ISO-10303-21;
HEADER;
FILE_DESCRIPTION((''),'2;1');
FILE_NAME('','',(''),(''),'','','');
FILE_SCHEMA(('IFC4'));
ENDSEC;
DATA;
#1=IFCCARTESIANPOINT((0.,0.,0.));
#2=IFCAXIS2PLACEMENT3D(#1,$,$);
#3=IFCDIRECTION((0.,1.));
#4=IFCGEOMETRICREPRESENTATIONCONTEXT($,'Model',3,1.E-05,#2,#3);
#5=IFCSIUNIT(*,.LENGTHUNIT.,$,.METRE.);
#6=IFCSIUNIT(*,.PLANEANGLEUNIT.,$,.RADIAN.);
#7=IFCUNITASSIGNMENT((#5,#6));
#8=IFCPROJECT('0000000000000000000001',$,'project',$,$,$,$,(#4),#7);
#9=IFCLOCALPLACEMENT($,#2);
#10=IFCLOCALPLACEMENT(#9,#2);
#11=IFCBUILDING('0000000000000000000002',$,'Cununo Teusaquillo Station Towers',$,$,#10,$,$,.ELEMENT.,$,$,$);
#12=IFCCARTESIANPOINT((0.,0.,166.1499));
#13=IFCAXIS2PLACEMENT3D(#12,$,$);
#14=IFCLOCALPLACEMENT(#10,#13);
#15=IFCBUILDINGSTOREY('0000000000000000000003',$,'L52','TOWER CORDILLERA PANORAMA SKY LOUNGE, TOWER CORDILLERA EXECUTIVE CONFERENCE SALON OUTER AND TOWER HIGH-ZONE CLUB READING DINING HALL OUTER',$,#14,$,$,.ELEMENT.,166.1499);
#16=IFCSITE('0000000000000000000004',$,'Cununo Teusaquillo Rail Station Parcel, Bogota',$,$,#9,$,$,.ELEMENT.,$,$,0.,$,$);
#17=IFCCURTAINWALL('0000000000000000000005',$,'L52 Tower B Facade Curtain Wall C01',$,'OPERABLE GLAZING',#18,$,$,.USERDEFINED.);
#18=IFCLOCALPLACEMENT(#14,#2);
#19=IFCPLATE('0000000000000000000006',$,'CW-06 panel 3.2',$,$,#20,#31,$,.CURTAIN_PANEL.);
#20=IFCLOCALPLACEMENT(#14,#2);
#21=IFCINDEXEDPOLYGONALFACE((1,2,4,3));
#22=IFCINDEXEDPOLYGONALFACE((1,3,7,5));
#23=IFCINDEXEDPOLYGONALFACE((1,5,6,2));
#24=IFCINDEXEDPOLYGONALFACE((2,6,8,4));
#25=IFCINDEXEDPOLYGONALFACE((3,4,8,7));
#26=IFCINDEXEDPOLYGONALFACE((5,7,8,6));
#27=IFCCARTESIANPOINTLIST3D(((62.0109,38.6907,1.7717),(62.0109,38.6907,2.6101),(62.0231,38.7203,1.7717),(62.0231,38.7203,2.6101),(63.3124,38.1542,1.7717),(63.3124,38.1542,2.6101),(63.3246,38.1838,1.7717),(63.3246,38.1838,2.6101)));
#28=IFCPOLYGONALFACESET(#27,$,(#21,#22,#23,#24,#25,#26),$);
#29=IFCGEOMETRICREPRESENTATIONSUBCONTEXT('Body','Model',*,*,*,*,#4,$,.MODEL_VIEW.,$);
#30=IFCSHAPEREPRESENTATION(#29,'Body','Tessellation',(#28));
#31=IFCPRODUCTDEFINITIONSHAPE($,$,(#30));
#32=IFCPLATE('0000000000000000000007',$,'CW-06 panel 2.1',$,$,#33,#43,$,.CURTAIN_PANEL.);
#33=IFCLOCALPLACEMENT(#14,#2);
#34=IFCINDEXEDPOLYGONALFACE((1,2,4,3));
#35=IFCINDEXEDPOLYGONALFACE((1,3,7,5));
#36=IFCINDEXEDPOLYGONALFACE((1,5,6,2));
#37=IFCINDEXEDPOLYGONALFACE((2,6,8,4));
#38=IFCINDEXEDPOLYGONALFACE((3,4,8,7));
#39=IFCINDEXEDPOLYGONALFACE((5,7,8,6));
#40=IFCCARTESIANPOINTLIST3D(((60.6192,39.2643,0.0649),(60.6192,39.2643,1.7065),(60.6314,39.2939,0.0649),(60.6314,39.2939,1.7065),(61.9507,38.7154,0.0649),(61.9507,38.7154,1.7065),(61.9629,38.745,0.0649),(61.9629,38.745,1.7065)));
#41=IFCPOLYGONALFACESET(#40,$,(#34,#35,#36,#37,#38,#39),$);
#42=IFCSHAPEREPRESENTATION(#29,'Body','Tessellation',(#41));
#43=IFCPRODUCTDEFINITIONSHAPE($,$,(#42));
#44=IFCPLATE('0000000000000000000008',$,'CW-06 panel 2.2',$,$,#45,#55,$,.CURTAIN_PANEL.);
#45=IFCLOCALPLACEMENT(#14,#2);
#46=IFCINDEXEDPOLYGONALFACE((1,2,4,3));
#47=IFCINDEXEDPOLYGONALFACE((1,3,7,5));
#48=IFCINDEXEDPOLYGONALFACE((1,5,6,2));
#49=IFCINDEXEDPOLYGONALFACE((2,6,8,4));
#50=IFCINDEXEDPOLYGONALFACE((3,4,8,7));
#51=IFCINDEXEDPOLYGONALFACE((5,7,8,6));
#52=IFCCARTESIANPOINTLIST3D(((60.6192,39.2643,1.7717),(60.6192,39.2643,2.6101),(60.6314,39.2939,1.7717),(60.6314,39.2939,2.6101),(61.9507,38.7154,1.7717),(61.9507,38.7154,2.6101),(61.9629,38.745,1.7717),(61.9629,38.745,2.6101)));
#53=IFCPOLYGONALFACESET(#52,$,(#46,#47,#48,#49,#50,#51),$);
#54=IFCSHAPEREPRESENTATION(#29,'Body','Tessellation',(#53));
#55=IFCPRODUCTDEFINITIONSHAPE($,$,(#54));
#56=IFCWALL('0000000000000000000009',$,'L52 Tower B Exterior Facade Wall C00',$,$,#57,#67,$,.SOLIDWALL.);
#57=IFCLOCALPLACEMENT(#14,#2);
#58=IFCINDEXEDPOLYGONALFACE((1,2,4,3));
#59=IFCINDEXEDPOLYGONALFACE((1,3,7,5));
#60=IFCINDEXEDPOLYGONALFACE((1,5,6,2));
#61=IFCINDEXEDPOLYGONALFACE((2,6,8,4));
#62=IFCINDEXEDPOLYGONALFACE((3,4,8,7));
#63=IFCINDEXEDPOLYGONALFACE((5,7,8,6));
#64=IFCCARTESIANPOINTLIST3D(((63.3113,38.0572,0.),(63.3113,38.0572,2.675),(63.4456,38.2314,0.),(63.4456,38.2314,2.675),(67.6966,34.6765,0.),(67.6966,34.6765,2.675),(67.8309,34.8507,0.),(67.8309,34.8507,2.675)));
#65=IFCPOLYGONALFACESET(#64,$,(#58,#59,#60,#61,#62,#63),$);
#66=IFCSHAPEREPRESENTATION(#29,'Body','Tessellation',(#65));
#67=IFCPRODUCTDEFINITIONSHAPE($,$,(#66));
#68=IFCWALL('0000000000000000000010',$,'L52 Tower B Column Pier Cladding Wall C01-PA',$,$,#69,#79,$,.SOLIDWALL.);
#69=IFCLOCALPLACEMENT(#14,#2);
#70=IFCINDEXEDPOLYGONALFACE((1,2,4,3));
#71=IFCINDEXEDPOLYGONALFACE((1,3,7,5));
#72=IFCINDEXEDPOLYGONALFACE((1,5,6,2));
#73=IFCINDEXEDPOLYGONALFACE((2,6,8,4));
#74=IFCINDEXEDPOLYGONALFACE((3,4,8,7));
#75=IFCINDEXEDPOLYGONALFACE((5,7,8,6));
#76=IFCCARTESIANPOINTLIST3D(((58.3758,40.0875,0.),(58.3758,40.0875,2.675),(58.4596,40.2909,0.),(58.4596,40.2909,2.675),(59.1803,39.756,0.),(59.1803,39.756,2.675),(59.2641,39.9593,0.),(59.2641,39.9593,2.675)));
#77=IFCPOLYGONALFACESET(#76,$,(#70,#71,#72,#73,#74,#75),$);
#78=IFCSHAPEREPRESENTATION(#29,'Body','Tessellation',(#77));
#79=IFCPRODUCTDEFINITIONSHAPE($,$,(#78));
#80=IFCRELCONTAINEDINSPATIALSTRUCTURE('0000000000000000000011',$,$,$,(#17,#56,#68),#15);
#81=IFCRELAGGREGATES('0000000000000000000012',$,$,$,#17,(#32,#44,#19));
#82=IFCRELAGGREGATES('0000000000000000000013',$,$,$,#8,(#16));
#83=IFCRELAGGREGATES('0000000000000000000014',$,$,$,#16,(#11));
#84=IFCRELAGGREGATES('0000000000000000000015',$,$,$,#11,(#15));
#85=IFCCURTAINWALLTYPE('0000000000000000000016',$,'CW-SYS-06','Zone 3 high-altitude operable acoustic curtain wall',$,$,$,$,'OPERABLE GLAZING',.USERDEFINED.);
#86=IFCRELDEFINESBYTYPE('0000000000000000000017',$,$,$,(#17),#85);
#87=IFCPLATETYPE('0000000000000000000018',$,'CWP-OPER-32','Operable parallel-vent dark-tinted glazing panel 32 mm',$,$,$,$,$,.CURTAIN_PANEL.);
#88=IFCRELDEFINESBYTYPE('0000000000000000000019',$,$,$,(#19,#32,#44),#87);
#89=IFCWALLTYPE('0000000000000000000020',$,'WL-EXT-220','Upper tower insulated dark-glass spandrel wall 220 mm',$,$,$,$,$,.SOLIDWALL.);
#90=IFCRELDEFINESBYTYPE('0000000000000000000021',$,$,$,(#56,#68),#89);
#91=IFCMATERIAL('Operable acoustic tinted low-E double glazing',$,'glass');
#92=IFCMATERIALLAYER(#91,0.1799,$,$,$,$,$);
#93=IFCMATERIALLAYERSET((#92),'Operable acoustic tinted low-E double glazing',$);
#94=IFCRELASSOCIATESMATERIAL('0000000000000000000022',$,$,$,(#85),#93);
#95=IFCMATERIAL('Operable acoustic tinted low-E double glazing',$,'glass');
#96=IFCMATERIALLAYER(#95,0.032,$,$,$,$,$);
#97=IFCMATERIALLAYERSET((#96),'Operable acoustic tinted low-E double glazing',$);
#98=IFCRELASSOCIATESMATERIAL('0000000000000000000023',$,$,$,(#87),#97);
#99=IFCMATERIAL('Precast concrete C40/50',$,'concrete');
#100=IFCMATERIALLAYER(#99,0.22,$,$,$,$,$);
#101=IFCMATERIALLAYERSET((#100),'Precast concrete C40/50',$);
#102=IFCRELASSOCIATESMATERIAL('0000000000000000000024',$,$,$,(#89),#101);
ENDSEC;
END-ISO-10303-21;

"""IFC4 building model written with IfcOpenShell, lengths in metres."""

from ifc_helpers import new_model, si_unit, direction, frame, frame_2d, origin, origin_2d, place, context, subcontext, project, spatial, rectangle, extrude, source, transform, mapped, material, layer, layer_set, type_object, element, aggregate, save


model = new_model("IFC4")

# Units and contexts
model_context = context("Model", 3, precision=1e-05, world=origin(), true_north=direction((0.0, 1.0)))
body_context = subcontext(model_context, "Body", "Model", "MODEL_VIEW")
ifc_project = project(units=[si_unit("LENGTHUNIT", "METRE"), si_unit("PLANEANGLEUNIT", "RADIAN")], contexts=[model_context])

# Site, building, storey
site_placement = place(None, origin())
site = spatial("IfcSite", under=ifc_project, at=site_placement, Name="Cununo Teusaquillo Rail Station Parcel, Bogota", CompositionType="ELEMENT", RefElevation=0.0)
building_placement = place(site_placement, origin())
building = spatial("IfcBuilding", under=site, at=building_placement, Name="Cununo Teusaquillo Station Towers", CompositionType="ELEMENT")
storey_placement = place(building_placement, frame((0.0, 0.0, 166.1499)))
storey = spatial("IfcBuildingStorey", under=building, at=storey_placement, Name="L52", Description="TOWER CORDILLERA PANORAMA SKY LOUNGE, TOWER CORDILLERA EXECUTIVE CONFERENCE SALON OUTER AND TOWER HIGH-ZONE CLUB READING DINING HALL OUTER", CompositionType="ELEMENT", Elevation=166.1499)

# Curtain wall, plates
ifc_material_1 = material(Name="Operable acoustic tinted low-E double glazing", Category="glass")
ifc_layer_1 = layer(ifc_material_1, 0.1799)
ifc_layer_set_1 = layer_set([ifc_layer_1], Name="Operable acoustic tinted low-E double glazing")
curtain_wall_type = type_object("IfcCurtainWallType", Name="CW-SYS-06", Description="Zone 3 high-altitude operable acoustic curtain wall", ElementType="OPERABLE GLAZING", PredefinedType="USERDEFINED", material=ifc_layer_set_1)
curtain_wall_placement = place(storey_placement, origin())
curtain_wall = element("IfcCurtainWall", 1, at=curtain_wall_placement, inside=storey, type_object=curtain_wall_type, Name="L52 Tower B Facade Curtain Wall C01", ObjectType="OPERABLE GLAZING", PredefinedType="USERDEFINED")
ifc_material_2 = material(Name="Operable acoustic tinted low-E double glazing", Category="glass")
ifc_layer_2 = layer(ifc_material_2, 0.032)
ifc_layer_set_2 = layer_set([ifc_layer_2], Name="Operable acoustic tinted low-E double glazing")
plate_type = type_object("IfcPlateType", Name="CWP-OPER-32", Description="Operable parallel-vent dark-tinted glazing panel 32 mm", PredefinedType="CURTAIN_PANEL", material=ifc_layer_set_2)
shared_shape_1 = source(origin(), body_context, "Body", "SweptSolid", [
    extrude(rectangle(XDim=1.4077, YDim=0.032, at=origin_2d()), origin(), (0.0, 0.0, 1.0), 0.8384),
])
plate_1_placement = place(storey_placement, frame((62.6677, 38.4373, 1.7717), z_axis=(0.0, 0.0, 1.0), x_axis=(0.924525, -0.381122, 0.0)))
plate_1 = element("IfcPlate", 2, at=plate_1_placement, type_object=plate_type, Name="CW-06 panel 3.2", PredefinedType="CURTAIN_PANEL", context=body_context, shape_type="MappedRepresentation", body=[
    mapped(shared_shape_1, transform((0.0, 0.0, 0.0), x_axis=(1.0, 0.0, 0.0), y_axis=(0.0, 1.0, 0.0), z_axis=(0.0, 0.0, 1.0), scale=1.0)),
])
shared_shape_2 = source(origin(), body_context, "Body", "SweptSolid", [
    extrude(rectangle(XDim=1.4402, YDim=0.032, at=origin_2d()), origin(), (0.0, 0.0, 1.0), 1.6416),
])
plate_2_placement = place(storey_placement, frame((61.291, 39.0046, 0.0649), z_axis=(0.0, 0.0, 1.0), x_axis=(0.924525, -0.381122, 0.0)))
plate_2 = element("IfcPlate", 3, at=plate_2_placement, type_object=plate_type, Name="CW-06 panel 2.1", PredefinedType="CURTAIN_PANEL", context=body_context, shape_type="MappedRepresentation", body=[
    mapped(shared_shape_2, transform((0.0, 0.0, 0.0), x_axis=(1.0, 0.0, 0.0), y_axis=(0.0, 1.0, 0.0), z_axis=(0.0, 0.0, 1.0), scale=1.0)),
])
shared_shape_3 = source(origin(), body_context, "Body", "SweptSolid", [
    extrude(rectangle(XDim=1.4402, YDim=0.032, at=origin_2d()), origin(), (0.0, 0.0, 1.0), 0.8384),
])
plate_3_placement = place(storey_placement, frame((61.291, 39.0046, 1.7717), z_axis=(0.0, 0.0, 1.0), x_axis=(0.924525, -0.381122, 0.0)))
plate_3 = element("IfcPlate", 4, at=plate_3_placement, type_object=plate_type, Name="CW-06 panel 2.2", PredefinedType="CURTAIN_PANEL", context=body_context, shape_type="MappedRepresentation", body=[
    mapped(shared_shape_3, transform((0.0, 0.0, 0.0), x_axis=(1.0, 0.0, 0.0), y_axis=(0.0, 1.0, 0.0), z_axis=(0.0, 0.0, 1.0), scale=1.0)),
])
aggregate(curtain_wall, [plate_2, plate_3, plate_1])

# Walls
ifc_material_3 = material(Name="Precast concrete C40/50", Category="concrete")
ifc_layer_3 = layer(ifc_material_3, 0.22)
ifc_layer_set_3 = layer_set([ifc_layer_3], Name="Precast concrete C40/50")
wall_type = type_object("IfcWallType", Name="WL-EXT-220", Description="Upper tower insulated dark-glass spandrel wall 220 mm", PredefinedType="SOLIDWALL", material=ifc_layer_set_3)
wall_1_placement = place(storey_placement, frame((63.3784, 38.1443, 0.0), z_axis=(0.0, 0.0, 1.0), x_axis=(0.791983, -0.610544, 0.0)))
element("IfcWall", 5, at=wall_1_placement, inside=storey, type_object=wall_type, Name="L52 Tower B Exterior Facade Wall C00", PredefinedType="SOLIDWALL", context=body_context, shape_type="SweptSolid", body=[
    extrude(rectangle(XDim=5.5371, YDim=0.22, at=frame_2d((2.7686, 0.0))), origin(), (0.0, 0.0, 1.0), 2.675),
])
wall_2_placement = place(storey_placement, frame((58.4177, 40.1892, 0.0), z_axis=(0.0, 0.0, 1.0), x_axis=(0.924556, -0.381046, 0.0)))
element("IfcWall", 6, at=wall_2_placement, inside=storey, type_object=wall_type, Name="L52 Tower B Column Pier Cladding Wall C01-PA", PredefinedType="SOLIDWALL", context=body_context, shape_type="SweptSolid", body=[
    extrude(rectangle(XDim=0.8701, YDim=0.22, at=frame_2d((0.4351, 0.0))), origin(), (0.0, 0.0, 1.0), 2.675),
])

save(model, "model.ifc")
